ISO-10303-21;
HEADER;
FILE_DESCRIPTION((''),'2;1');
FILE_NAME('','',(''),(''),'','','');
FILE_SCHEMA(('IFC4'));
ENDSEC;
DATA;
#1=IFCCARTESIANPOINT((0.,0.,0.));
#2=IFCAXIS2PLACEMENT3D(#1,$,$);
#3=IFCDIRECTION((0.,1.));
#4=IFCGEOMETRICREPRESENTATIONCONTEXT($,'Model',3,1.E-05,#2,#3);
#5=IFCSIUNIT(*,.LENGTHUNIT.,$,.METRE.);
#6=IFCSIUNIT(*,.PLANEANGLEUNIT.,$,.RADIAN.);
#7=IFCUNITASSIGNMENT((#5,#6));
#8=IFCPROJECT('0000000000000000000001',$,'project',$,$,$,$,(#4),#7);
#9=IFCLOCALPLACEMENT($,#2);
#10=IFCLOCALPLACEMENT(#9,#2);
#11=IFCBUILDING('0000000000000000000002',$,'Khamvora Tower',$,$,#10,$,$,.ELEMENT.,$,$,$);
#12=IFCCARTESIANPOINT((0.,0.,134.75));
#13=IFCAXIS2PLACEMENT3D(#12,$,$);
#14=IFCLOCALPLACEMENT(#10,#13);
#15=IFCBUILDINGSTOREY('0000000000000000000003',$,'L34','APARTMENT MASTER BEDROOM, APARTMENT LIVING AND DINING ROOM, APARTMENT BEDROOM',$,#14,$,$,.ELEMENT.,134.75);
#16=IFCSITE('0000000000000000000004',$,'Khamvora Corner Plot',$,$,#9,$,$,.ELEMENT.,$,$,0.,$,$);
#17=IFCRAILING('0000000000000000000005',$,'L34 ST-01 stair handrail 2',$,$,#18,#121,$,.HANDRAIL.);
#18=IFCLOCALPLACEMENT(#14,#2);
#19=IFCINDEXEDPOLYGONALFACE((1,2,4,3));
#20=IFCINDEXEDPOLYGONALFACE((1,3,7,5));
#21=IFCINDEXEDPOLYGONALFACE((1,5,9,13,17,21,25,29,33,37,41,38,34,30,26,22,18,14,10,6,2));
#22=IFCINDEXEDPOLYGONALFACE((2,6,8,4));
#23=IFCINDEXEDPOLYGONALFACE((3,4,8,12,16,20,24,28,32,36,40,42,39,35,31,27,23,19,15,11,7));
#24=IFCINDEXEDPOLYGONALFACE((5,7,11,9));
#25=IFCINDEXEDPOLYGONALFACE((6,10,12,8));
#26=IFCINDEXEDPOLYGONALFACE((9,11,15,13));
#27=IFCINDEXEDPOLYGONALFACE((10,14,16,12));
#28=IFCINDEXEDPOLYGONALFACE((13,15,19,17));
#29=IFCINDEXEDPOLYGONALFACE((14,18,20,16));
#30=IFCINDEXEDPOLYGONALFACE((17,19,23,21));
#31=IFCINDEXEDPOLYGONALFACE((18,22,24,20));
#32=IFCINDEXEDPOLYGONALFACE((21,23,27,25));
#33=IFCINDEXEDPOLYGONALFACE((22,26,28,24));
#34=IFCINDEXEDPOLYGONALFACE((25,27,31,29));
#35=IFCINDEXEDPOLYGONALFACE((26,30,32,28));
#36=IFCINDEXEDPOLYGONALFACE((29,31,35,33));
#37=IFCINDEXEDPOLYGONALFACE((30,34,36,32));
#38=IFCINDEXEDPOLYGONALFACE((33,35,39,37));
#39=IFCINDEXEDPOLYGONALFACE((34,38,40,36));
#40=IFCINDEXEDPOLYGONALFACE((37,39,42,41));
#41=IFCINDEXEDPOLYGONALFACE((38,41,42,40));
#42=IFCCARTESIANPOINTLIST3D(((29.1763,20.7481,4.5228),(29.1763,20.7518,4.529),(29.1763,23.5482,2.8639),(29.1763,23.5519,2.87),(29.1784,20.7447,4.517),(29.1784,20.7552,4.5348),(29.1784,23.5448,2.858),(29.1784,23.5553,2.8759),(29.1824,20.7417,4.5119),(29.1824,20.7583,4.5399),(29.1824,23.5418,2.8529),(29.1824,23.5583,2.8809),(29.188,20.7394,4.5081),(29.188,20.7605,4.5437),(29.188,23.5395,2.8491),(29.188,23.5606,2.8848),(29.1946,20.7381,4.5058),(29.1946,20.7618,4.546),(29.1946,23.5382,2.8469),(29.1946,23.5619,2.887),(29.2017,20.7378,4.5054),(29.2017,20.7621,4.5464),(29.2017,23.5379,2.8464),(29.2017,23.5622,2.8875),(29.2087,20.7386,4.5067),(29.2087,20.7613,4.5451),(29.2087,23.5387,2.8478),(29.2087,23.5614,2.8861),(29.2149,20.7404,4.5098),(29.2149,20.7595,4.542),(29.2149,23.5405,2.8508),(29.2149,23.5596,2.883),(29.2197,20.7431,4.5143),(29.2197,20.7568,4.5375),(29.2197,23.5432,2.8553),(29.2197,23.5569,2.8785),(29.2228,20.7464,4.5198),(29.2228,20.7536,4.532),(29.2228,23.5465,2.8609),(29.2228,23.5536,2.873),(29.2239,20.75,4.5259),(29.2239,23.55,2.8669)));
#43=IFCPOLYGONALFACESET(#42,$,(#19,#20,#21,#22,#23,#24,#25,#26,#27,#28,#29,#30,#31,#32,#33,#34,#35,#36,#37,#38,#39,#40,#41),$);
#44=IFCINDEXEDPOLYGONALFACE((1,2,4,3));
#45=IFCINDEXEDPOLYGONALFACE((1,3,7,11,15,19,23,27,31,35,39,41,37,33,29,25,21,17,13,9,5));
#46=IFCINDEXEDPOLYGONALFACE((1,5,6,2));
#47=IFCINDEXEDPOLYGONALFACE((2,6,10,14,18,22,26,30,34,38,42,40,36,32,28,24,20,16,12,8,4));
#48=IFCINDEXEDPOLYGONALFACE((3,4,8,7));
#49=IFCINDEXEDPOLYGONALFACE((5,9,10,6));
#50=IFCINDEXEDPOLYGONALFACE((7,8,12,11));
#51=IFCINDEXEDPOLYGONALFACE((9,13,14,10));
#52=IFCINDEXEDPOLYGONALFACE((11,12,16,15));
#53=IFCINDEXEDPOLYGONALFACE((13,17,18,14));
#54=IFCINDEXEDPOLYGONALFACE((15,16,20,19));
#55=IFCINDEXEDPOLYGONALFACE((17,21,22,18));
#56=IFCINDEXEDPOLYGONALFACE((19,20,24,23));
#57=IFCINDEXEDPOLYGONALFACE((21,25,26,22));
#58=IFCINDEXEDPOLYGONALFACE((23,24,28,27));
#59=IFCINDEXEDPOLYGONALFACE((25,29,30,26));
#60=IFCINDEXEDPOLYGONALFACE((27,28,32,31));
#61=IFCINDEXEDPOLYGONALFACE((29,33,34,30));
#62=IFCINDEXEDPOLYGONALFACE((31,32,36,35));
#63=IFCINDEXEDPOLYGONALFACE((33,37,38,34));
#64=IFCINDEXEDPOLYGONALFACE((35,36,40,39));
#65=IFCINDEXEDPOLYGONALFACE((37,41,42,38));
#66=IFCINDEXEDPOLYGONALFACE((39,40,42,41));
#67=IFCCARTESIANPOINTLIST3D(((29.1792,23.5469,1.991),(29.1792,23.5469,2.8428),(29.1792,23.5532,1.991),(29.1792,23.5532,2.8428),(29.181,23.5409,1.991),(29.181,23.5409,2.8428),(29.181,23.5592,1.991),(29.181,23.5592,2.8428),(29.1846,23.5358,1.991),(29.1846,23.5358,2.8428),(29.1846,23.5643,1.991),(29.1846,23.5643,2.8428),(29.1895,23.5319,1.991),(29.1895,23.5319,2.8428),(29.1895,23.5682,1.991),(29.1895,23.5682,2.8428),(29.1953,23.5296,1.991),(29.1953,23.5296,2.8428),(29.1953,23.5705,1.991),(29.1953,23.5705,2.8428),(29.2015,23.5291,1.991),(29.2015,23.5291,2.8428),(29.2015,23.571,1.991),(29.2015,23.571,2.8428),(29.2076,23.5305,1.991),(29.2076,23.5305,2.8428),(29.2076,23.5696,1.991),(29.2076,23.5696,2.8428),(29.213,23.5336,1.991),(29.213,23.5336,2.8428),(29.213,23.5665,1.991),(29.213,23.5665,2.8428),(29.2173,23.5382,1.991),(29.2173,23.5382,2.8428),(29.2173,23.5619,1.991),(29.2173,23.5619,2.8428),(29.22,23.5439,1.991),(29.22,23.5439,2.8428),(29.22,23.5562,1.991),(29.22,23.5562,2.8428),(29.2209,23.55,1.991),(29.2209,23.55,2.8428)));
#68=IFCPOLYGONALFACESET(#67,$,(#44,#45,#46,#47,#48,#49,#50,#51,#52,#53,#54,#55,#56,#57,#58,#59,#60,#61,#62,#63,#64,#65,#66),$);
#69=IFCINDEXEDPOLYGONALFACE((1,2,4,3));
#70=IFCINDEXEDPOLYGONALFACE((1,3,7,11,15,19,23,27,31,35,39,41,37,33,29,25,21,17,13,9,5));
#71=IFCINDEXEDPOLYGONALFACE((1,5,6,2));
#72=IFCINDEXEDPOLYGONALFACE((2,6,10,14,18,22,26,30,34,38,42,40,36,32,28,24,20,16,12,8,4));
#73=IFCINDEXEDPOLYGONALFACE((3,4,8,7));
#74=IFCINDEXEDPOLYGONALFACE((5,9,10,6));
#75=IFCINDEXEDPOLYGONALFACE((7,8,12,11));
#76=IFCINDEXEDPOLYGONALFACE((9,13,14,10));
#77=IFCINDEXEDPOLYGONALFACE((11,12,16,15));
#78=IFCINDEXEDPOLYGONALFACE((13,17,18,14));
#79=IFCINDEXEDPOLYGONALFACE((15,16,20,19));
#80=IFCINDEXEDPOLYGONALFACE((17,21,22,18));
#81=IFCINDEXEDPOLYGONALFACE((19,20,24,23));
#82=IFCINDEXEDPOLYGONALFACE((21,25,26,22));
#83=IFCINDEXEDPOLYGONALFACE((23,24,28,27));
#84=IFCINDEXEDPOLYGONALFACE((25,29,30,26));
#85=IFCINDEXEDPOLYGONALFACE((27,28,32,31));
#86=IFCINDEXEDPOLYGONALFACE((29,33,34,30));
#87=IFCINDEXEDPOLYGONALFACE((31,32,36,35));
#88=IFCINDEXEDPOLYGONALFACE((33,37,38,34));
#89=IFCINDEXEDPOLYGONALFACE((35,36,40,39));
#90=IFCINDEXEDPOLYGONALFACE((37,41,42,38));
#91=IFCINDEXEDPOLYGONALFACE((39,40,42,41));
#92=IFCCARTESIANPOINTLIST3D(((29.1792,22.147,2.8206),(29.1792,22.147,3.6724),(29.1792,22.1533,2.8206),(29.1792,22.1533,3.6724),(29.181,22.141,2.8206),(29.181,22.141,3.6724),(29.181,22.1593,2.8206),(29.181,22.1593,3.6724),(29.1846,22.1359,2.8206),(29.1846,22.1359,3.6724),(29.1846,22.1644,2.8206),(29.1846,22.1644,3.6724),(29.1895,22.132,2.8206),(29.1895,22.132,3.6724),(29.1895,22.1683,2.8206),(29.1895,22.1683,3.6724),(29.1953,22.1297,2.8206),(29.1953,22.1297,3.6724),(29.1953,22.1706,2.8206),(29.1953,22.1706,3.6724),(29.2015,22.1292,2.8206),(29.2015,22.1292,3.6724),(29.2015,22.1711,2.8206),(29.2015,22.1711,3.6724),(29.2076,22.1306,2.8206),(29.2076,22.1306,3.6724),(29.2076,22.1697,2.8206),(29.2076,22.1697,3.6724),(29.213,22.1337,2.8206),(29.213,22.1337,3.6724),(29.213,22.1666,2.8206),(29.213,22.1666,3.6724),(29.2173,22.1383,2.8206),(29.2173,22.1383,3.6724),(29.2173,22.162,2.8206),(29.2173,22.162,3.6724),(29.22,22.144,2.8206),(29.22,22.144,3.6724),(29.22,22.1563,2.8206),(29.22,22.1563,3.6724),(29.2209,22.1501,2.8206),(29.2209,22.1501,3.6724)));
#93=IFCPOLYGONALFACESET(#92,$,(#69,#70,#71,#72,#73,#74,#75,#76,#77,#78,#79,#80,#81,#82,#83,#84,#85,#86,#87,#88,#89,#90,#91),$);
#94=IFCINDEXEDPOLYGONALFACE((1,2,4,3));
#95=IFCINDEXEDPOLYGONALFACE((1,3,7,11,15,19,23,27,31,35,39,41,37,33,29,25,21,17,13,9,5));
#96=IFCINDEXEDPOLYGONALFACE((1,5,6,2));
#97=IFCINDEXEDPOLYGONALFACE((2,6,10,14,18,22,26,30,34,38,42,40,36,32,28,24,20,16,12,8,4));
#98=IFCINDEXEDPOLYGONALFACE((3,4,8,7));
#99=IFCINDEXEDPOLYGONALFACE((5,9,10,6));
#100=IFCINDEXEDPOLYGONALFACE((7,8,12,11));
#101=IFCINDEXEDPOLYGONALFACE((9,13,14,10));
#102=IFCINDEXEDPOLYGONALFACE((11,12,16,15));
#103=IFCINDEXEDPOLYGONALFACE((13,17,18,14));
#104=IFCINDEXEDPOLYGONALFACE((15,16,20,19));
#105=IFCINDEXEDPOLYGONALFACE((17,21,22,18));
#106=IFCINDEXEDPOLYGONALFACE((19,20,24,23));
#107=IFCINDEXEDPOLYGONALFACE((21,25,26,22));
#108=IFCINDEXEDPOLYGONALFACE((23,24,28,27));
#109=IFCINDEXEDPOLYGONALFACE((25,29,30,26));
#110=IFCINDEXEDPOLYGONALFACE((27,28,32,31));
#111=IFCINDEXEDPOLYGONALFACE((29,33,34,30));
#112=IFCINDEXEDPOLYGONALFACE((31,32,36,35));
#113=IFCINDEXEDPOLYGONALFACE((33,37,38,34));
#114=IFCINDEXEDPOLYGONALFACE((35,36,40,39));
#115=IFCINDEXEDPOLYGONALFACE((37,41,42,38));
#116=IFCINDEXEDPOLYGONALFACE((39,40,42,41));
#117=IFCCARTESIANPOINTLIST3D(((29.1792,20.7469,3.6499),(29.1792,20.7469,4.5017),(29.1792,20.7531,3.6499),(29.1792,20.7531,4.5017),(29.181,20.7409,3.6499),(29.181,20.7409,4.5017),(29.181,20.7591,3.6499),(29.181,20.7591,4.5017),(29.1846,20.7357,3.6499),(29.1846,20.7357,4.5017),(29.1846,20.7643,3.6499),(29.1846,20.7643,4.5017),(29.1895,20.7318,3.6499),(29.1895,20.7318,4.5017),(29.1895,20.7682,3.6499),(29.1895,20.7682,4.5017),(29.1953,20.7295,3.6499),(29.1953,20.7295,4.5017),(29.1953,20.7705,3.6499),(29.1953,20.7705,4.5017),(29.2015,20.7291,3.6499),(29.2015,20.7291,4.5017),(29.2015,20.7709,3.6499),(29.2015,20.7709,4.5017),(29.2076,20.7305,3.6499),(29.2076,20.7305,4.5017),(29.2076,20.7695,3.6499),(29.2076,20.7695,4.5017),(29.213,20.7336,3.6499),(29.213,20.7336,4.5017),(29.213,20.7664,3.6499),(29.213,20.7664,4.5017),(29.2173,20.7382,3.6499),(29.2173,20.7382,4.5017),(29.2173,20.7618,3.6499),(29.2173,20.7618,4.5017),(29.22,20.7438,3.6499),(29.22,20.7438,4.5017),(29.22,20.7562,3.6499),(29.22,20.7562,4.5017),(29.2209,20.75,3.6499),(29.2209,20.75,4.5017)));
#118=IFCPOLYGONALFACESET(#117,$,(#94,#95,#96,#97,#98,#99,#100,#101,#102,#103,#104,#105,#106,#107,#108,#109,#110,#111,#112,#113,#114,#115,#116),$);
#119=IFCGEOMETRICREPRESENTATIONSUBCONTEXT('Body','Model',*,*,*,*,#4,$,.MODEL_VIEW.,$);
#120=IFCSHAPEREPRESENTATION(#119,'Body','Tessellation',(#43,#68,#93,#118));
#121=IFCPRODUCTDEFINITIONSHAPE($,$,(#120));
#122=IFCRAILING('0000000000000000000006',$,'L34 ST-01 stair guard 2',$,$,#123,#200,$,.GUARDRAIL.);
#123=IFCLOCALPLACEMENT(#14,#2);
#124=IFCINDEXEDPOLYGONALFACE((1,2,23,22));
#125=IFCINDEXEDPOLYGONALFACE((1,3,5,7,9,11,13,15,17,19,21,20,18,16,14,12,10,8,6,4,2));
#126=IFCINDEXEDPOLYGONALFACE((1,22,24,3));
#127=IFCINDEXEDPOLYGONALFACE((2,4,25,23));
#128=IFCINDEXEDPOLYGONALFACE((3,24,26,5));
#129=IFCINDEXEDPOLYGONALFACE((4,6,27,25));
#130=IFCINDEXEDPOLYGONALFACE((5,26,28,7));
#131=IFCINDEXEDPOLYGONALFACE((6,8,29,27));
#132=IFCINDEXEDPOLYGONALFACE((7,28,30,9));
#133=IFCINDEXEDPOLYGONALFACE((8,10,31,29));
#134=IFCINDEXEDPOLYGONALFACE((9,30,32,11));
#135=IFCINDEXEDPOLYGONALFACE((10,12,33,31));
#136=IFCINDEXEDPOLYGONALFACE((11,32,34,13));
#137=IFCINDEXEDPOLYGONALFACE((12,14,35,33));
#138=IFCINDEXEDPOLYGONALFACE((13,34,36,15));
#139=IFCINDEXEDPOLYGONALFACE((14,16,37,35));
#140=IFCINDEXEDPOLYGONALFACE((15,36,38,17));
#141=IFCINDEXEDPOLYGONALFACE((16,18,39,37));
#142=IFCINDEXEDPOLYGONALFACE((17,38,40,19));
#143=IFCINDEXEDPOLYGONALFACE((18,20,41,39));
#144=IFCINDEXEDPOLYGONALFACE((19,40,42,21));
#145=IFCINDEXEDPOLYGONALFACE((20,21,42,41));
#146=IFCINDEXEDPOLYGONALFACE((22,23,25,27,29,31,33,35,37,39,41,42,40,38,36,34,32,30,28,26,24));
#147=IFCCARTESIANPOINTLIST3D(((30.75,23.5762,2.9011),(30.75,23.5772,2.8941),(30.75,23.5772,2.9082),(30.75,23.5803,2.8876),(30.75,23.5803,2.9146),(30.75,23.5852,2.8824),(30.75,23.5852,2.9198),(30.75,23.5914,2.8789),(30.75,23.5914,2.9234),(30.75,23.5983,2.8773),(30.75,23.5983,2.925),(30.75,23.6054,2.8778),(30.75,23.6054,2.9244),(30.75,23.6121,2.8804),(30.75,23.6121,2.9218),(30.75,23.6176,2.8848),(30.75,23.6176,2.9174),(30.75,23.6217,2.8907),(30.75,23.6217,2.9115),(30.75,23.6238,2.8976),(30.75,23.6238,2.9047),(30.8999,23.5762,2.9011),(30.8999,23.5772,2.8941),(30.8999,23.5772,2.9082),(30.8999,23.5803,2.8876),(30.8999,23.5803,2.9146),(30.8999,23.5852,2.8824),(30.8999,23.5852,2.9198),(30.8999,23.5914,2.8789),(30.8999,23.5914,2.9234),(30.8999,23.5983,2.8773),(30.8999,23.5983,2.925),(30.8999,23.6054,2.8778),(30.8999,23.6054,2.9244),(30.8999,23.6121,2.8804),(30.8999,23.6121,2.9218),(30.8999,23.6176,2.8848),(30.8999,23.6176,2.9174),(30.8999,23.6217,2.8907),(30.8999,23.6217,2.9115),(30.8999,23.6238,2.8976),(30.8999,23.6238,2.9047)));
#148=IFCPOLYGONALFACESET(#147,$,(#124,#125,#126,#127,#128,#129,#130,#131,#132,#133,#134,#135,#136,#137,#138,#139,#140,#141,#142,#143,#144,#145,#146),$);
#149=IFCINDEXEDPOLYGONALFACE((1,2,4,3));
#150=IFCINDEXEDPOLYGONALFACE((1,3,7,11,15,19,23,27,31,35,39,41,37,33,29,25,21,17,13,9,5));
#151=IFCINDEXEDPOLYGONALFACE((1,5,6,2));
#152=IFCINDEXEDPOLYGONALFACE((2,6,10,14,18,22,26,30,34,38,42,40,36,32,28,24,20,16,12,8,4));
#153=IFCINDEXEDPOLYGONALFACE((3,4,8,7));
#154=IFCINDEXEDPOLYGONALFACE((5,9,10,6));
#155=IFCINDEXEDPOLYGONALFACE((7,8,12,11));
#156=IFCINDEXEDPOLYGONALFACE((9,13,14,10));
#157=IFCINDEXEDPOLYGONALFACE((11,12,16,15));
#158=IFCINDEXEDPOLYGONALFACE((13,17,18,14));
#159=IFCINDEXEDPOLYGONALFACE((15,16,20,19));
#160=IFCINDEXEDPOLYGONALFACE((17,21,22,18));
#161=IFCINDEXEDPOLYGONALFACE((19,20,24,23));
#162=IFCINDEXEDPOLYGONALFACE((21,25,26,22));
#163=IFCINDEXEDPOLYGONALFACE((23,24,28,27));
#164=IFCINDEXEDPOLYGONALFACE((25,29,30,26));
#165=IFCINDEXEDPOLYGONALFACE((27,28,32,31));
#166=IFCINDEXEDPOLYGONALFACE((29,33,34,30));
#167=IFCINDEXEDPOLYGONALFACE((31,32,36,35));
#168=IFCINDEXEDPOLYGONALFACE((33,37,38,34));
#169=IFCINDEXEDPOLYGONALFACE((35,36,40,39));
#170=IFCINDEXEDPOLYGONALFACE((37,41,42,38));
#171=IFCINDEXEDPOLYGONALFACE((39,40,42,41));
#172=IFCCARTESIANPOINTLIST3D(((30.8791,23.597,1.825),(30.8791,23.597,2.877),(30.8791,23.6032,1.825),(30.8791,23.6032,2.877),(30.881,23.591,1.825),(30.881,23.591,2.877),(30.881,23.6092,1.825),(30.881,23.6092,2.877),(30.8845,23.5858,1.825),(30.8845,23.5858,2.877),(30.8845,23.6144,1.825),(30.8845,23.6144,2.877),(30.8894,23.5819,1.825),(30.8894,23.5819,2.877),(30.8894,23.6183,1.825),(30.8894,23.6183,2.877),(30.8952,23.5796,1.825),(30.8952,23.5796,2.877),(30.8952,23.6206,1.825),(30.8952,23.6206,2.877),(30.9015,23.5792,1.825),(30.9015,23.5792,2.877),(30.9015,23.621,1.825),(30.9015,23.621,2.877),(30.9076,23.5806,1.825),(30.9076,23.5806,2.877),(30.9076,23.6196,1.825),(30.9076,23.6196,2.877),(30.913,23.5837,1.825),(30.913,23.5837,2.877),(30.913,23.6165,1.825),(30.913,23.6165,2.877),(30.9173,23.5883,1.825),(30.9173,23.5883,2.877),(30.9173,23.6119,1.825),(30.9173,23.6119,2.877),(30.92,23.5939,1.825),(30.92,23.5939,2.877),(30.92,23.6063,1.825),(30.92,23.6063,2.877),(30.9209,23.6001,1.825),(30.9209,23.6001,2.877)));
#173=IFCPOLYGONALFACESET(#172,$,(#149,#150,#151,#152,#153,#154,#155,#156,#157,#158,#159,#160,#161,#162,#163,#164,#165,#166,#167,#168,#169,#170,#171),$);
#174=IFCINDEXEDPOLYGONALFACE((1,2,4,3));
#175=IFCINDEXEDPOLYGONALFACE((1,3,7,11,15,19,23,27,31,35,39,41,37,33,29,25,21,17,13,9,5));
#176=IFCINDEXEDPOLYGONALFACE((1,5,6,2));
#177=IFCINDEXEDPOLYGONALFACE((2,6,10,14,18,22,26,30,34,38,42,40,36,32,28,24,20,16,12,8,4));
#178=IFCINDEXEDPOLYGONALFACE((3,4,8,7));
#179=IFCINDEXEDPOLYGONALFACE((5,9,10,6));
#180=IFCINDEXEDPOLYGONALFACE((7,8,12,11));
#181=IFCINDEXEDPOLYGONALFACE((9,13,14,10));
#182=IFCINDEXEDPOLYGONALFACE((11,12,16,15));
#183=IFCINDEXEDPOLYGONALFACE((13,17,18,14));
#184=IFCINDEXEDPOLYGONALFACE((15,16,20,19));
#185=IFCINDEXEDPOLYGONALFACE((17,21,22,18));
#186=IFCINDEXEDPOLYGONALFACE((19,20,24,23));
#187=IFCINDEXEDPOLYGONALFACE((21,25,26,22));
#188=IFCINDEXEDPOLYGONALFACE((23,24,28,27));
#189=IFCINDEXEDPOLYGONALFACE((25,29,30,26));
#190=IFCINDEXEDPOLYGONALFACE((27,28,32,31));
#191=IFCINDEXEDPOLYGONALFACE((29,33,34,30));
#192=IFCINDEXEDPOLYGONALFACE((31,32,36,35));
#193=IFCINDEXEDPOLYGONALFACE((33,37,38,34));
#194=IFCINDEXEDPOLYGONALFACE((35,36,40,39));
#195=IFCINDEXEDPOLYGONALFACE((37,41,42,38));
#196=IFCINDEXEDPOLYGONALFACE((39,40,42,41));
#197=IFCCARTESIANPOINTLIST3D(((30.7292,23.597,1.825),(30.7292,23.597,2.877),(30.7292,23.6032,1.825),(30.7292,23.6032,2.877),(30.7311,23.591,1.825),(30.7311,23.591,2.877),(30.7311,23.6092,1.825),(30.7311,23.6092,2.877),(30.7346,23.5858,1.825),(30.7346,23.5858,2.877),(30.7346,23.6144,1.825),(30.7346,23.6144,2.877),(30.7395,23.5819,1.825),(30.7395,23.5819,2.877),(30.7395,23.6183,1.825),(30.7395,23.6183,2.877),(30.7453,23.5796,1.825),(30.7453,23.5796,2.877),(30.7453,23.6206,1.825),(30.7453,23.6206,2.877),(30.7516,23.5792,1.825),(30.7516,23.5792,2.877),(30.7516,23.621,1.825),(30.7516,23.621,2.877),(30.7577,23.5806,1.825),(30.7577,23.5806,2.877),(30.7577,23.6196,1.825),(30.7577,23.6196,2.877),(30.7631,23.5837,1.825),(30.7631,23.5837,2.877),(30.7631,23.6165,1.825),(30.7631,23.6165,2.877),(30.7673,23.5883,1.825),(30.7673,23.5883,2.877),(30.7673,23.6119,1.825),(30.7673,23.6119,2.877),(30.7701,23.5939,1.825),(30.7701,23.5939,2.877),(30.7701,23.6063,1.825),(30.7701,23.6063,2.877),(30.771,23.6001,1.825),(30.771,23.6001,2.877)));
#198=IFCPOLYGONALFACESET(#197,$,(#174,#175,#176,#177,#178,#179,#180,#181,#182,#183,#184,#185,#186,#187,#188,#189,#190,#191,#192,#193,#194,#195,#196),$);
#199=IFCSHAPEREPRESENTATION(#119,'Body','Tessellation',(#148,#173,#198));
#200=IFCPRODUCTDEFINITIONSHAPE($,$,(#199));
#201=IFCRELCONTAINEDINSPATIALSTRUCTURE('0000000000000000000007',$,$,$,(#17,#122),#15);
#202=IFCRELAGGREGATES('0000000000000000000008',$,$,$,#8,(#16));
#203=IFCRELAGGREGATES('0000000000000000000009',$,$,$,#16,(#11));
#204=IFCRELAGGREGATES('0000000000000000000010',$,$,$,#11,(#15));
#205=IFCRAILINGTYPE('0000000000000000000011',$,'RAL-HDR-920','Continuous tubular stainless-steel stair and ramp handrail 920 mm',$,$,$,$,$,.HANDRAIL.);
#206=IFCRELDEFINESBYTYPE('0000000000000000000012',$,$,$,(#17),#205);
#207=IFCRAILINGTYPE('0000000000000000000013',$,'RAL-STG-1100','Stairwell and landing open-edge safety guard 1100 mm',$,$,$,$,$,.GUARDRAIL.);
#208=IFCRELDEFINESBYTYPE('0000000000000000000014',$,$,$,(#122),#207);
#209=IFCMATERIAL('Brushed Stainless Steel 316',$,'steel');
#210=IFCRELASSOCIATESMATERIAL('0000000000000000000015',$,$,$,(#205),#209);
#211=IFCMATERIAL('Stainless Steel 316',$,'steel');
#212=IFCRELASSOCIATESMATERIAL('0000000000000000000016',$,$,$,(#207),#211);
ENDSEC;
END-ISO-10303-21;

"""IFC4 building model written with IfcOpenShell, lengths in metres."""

from ifc_helpers import new_model, si_unit, direction, frame, origin, origin_2d, place, context, subcontext, project, spatial, circle, extrude, material, type_object, element, save


model = new_model("IFC4")

# Units and contexts
model_context = context("Model", 3, precision=1e-05, world=origin(), true_north=direction((0.0, 1.0)))
body_context = subcontext(model_context, "Body", "Model", "MODEL_VIEW")
ifc_project = project(units=[si_unit("LENGTHUNIT", "METRE"), si_unit("PLANEANGLEUNIT", "RADIAN")], contexts=[model_context])

# Site, building, storey
site_placement = place(None, origin())
site = spatial("IfcSite", under=ifc_project, at=site_placement, Name="Khamvora Corner Plot", CompositionType="ELEMENT", RefElevation=0.0)
building_placement = place(site_placement, origin())
building = spatial("IfcBuilding", under=site, at=building_placement, Name="Khamvora Tower", CompositionType="ELEMENT")
storey_placement = place(building_placement, frame((0.0, 0.0, 134.75)))
storey = spatial("IfcBuildingStorey", under=building, at=storey_placement, Name="L34", Description="APARTMENT MASTER BEDROOM, APARTMENT LIVING AND DINING ROOM, APARTMENT BEDROOM", CompositionType="ELEMENT", Elevation=134.75)

# Railings
ifc_material_1 = material(Name="Brushed Stainless Steel 316", Category="steel")
railing_type_1 = type_object("IfcRailingType", Name="RAL-HDR-920", Description="Continuous tubular stainless-steel stair and ramp handrail 920 mm", PredefinedType="HANDRAIL", material=ifc_material_1)
railing_1_placement = place(storey_placement, frame((29.2, 23.55, 1.991)))
element("IfcRailing", 1, at=railing_1_placement, inside=storey, type_object=railing_type_1, Name="L34 ST-01 stair handrail 2", PredefinedType="HANDRAIL", context=body_context, shape_type="SweptSolid", body=[
    extrude(circle(Radius=0.0239, at=origin_2d()), frame((0.0, 0.0, 0.876), z_axis=(0.0, -0.860339, 0.509722), x_axis=(1.0, 0.0, 0.0)), (0.0, 0.0, 1.0), 3.2546),
    extrude(circle(Radius=0.021, at=origin_2d()), origin(), (0.0, 0.0, 1.0), 0.8518),
    extrude(circle(Radius=0.021, at=origin_2d()), frame((0.0, -1.3999, 0.8296)), (0.0, 0.0, 1.0), 0.8518),
    extrude(circle(Radius=0.021, at=origin_2d()), frame((0.0, -2.8, 1.6589)), (0.0, 0.0, 1.0), 0.8518),
])
ifc_material_2 = material(Name="Stainless Steel 316", Category="steel")
railing_type_2 = type_object("IfcRailingType", Name="RAL-STG-1100", Description="Stairwell and landing open-edge safety guard 1100 mm", PredefinedType="GUARDRAIL", material=ifc_material_2)
railing_2_placement = place(storey_placement, frame((30.8999, 23.6001, 1.825)))
element("IfcRailing", 2, at=railing_2_placement, inside=storey, type_object=railing_type_2, Name="L34 ST-01 stair guard 2", PredefinedType="GUARDRAIL", context=body_context, shape_type="SweptSolid", body=[
    extrude(circle(Radius=0.0239, at=origin_2d()), frame((0.0, 0.0, 1.0762), z_axis=(-1.0, 0.0, 0.0), x_axis=(0.0, -1.0, 0.0)), (0.0, 0.0, 1.0), 0.1499),
    extrude(circle(Radius=0.021, at=origin_2d()), origin(), (0.0, 0.0, 1.0), 1.052),
    extrude(circle(Radius=0.021, at=origin_2d()), frame((-0.1499, 0.0, 0.0)), (0.0, 0.0, 1.0), 1.052),
])

save(model, "model.ifc")
